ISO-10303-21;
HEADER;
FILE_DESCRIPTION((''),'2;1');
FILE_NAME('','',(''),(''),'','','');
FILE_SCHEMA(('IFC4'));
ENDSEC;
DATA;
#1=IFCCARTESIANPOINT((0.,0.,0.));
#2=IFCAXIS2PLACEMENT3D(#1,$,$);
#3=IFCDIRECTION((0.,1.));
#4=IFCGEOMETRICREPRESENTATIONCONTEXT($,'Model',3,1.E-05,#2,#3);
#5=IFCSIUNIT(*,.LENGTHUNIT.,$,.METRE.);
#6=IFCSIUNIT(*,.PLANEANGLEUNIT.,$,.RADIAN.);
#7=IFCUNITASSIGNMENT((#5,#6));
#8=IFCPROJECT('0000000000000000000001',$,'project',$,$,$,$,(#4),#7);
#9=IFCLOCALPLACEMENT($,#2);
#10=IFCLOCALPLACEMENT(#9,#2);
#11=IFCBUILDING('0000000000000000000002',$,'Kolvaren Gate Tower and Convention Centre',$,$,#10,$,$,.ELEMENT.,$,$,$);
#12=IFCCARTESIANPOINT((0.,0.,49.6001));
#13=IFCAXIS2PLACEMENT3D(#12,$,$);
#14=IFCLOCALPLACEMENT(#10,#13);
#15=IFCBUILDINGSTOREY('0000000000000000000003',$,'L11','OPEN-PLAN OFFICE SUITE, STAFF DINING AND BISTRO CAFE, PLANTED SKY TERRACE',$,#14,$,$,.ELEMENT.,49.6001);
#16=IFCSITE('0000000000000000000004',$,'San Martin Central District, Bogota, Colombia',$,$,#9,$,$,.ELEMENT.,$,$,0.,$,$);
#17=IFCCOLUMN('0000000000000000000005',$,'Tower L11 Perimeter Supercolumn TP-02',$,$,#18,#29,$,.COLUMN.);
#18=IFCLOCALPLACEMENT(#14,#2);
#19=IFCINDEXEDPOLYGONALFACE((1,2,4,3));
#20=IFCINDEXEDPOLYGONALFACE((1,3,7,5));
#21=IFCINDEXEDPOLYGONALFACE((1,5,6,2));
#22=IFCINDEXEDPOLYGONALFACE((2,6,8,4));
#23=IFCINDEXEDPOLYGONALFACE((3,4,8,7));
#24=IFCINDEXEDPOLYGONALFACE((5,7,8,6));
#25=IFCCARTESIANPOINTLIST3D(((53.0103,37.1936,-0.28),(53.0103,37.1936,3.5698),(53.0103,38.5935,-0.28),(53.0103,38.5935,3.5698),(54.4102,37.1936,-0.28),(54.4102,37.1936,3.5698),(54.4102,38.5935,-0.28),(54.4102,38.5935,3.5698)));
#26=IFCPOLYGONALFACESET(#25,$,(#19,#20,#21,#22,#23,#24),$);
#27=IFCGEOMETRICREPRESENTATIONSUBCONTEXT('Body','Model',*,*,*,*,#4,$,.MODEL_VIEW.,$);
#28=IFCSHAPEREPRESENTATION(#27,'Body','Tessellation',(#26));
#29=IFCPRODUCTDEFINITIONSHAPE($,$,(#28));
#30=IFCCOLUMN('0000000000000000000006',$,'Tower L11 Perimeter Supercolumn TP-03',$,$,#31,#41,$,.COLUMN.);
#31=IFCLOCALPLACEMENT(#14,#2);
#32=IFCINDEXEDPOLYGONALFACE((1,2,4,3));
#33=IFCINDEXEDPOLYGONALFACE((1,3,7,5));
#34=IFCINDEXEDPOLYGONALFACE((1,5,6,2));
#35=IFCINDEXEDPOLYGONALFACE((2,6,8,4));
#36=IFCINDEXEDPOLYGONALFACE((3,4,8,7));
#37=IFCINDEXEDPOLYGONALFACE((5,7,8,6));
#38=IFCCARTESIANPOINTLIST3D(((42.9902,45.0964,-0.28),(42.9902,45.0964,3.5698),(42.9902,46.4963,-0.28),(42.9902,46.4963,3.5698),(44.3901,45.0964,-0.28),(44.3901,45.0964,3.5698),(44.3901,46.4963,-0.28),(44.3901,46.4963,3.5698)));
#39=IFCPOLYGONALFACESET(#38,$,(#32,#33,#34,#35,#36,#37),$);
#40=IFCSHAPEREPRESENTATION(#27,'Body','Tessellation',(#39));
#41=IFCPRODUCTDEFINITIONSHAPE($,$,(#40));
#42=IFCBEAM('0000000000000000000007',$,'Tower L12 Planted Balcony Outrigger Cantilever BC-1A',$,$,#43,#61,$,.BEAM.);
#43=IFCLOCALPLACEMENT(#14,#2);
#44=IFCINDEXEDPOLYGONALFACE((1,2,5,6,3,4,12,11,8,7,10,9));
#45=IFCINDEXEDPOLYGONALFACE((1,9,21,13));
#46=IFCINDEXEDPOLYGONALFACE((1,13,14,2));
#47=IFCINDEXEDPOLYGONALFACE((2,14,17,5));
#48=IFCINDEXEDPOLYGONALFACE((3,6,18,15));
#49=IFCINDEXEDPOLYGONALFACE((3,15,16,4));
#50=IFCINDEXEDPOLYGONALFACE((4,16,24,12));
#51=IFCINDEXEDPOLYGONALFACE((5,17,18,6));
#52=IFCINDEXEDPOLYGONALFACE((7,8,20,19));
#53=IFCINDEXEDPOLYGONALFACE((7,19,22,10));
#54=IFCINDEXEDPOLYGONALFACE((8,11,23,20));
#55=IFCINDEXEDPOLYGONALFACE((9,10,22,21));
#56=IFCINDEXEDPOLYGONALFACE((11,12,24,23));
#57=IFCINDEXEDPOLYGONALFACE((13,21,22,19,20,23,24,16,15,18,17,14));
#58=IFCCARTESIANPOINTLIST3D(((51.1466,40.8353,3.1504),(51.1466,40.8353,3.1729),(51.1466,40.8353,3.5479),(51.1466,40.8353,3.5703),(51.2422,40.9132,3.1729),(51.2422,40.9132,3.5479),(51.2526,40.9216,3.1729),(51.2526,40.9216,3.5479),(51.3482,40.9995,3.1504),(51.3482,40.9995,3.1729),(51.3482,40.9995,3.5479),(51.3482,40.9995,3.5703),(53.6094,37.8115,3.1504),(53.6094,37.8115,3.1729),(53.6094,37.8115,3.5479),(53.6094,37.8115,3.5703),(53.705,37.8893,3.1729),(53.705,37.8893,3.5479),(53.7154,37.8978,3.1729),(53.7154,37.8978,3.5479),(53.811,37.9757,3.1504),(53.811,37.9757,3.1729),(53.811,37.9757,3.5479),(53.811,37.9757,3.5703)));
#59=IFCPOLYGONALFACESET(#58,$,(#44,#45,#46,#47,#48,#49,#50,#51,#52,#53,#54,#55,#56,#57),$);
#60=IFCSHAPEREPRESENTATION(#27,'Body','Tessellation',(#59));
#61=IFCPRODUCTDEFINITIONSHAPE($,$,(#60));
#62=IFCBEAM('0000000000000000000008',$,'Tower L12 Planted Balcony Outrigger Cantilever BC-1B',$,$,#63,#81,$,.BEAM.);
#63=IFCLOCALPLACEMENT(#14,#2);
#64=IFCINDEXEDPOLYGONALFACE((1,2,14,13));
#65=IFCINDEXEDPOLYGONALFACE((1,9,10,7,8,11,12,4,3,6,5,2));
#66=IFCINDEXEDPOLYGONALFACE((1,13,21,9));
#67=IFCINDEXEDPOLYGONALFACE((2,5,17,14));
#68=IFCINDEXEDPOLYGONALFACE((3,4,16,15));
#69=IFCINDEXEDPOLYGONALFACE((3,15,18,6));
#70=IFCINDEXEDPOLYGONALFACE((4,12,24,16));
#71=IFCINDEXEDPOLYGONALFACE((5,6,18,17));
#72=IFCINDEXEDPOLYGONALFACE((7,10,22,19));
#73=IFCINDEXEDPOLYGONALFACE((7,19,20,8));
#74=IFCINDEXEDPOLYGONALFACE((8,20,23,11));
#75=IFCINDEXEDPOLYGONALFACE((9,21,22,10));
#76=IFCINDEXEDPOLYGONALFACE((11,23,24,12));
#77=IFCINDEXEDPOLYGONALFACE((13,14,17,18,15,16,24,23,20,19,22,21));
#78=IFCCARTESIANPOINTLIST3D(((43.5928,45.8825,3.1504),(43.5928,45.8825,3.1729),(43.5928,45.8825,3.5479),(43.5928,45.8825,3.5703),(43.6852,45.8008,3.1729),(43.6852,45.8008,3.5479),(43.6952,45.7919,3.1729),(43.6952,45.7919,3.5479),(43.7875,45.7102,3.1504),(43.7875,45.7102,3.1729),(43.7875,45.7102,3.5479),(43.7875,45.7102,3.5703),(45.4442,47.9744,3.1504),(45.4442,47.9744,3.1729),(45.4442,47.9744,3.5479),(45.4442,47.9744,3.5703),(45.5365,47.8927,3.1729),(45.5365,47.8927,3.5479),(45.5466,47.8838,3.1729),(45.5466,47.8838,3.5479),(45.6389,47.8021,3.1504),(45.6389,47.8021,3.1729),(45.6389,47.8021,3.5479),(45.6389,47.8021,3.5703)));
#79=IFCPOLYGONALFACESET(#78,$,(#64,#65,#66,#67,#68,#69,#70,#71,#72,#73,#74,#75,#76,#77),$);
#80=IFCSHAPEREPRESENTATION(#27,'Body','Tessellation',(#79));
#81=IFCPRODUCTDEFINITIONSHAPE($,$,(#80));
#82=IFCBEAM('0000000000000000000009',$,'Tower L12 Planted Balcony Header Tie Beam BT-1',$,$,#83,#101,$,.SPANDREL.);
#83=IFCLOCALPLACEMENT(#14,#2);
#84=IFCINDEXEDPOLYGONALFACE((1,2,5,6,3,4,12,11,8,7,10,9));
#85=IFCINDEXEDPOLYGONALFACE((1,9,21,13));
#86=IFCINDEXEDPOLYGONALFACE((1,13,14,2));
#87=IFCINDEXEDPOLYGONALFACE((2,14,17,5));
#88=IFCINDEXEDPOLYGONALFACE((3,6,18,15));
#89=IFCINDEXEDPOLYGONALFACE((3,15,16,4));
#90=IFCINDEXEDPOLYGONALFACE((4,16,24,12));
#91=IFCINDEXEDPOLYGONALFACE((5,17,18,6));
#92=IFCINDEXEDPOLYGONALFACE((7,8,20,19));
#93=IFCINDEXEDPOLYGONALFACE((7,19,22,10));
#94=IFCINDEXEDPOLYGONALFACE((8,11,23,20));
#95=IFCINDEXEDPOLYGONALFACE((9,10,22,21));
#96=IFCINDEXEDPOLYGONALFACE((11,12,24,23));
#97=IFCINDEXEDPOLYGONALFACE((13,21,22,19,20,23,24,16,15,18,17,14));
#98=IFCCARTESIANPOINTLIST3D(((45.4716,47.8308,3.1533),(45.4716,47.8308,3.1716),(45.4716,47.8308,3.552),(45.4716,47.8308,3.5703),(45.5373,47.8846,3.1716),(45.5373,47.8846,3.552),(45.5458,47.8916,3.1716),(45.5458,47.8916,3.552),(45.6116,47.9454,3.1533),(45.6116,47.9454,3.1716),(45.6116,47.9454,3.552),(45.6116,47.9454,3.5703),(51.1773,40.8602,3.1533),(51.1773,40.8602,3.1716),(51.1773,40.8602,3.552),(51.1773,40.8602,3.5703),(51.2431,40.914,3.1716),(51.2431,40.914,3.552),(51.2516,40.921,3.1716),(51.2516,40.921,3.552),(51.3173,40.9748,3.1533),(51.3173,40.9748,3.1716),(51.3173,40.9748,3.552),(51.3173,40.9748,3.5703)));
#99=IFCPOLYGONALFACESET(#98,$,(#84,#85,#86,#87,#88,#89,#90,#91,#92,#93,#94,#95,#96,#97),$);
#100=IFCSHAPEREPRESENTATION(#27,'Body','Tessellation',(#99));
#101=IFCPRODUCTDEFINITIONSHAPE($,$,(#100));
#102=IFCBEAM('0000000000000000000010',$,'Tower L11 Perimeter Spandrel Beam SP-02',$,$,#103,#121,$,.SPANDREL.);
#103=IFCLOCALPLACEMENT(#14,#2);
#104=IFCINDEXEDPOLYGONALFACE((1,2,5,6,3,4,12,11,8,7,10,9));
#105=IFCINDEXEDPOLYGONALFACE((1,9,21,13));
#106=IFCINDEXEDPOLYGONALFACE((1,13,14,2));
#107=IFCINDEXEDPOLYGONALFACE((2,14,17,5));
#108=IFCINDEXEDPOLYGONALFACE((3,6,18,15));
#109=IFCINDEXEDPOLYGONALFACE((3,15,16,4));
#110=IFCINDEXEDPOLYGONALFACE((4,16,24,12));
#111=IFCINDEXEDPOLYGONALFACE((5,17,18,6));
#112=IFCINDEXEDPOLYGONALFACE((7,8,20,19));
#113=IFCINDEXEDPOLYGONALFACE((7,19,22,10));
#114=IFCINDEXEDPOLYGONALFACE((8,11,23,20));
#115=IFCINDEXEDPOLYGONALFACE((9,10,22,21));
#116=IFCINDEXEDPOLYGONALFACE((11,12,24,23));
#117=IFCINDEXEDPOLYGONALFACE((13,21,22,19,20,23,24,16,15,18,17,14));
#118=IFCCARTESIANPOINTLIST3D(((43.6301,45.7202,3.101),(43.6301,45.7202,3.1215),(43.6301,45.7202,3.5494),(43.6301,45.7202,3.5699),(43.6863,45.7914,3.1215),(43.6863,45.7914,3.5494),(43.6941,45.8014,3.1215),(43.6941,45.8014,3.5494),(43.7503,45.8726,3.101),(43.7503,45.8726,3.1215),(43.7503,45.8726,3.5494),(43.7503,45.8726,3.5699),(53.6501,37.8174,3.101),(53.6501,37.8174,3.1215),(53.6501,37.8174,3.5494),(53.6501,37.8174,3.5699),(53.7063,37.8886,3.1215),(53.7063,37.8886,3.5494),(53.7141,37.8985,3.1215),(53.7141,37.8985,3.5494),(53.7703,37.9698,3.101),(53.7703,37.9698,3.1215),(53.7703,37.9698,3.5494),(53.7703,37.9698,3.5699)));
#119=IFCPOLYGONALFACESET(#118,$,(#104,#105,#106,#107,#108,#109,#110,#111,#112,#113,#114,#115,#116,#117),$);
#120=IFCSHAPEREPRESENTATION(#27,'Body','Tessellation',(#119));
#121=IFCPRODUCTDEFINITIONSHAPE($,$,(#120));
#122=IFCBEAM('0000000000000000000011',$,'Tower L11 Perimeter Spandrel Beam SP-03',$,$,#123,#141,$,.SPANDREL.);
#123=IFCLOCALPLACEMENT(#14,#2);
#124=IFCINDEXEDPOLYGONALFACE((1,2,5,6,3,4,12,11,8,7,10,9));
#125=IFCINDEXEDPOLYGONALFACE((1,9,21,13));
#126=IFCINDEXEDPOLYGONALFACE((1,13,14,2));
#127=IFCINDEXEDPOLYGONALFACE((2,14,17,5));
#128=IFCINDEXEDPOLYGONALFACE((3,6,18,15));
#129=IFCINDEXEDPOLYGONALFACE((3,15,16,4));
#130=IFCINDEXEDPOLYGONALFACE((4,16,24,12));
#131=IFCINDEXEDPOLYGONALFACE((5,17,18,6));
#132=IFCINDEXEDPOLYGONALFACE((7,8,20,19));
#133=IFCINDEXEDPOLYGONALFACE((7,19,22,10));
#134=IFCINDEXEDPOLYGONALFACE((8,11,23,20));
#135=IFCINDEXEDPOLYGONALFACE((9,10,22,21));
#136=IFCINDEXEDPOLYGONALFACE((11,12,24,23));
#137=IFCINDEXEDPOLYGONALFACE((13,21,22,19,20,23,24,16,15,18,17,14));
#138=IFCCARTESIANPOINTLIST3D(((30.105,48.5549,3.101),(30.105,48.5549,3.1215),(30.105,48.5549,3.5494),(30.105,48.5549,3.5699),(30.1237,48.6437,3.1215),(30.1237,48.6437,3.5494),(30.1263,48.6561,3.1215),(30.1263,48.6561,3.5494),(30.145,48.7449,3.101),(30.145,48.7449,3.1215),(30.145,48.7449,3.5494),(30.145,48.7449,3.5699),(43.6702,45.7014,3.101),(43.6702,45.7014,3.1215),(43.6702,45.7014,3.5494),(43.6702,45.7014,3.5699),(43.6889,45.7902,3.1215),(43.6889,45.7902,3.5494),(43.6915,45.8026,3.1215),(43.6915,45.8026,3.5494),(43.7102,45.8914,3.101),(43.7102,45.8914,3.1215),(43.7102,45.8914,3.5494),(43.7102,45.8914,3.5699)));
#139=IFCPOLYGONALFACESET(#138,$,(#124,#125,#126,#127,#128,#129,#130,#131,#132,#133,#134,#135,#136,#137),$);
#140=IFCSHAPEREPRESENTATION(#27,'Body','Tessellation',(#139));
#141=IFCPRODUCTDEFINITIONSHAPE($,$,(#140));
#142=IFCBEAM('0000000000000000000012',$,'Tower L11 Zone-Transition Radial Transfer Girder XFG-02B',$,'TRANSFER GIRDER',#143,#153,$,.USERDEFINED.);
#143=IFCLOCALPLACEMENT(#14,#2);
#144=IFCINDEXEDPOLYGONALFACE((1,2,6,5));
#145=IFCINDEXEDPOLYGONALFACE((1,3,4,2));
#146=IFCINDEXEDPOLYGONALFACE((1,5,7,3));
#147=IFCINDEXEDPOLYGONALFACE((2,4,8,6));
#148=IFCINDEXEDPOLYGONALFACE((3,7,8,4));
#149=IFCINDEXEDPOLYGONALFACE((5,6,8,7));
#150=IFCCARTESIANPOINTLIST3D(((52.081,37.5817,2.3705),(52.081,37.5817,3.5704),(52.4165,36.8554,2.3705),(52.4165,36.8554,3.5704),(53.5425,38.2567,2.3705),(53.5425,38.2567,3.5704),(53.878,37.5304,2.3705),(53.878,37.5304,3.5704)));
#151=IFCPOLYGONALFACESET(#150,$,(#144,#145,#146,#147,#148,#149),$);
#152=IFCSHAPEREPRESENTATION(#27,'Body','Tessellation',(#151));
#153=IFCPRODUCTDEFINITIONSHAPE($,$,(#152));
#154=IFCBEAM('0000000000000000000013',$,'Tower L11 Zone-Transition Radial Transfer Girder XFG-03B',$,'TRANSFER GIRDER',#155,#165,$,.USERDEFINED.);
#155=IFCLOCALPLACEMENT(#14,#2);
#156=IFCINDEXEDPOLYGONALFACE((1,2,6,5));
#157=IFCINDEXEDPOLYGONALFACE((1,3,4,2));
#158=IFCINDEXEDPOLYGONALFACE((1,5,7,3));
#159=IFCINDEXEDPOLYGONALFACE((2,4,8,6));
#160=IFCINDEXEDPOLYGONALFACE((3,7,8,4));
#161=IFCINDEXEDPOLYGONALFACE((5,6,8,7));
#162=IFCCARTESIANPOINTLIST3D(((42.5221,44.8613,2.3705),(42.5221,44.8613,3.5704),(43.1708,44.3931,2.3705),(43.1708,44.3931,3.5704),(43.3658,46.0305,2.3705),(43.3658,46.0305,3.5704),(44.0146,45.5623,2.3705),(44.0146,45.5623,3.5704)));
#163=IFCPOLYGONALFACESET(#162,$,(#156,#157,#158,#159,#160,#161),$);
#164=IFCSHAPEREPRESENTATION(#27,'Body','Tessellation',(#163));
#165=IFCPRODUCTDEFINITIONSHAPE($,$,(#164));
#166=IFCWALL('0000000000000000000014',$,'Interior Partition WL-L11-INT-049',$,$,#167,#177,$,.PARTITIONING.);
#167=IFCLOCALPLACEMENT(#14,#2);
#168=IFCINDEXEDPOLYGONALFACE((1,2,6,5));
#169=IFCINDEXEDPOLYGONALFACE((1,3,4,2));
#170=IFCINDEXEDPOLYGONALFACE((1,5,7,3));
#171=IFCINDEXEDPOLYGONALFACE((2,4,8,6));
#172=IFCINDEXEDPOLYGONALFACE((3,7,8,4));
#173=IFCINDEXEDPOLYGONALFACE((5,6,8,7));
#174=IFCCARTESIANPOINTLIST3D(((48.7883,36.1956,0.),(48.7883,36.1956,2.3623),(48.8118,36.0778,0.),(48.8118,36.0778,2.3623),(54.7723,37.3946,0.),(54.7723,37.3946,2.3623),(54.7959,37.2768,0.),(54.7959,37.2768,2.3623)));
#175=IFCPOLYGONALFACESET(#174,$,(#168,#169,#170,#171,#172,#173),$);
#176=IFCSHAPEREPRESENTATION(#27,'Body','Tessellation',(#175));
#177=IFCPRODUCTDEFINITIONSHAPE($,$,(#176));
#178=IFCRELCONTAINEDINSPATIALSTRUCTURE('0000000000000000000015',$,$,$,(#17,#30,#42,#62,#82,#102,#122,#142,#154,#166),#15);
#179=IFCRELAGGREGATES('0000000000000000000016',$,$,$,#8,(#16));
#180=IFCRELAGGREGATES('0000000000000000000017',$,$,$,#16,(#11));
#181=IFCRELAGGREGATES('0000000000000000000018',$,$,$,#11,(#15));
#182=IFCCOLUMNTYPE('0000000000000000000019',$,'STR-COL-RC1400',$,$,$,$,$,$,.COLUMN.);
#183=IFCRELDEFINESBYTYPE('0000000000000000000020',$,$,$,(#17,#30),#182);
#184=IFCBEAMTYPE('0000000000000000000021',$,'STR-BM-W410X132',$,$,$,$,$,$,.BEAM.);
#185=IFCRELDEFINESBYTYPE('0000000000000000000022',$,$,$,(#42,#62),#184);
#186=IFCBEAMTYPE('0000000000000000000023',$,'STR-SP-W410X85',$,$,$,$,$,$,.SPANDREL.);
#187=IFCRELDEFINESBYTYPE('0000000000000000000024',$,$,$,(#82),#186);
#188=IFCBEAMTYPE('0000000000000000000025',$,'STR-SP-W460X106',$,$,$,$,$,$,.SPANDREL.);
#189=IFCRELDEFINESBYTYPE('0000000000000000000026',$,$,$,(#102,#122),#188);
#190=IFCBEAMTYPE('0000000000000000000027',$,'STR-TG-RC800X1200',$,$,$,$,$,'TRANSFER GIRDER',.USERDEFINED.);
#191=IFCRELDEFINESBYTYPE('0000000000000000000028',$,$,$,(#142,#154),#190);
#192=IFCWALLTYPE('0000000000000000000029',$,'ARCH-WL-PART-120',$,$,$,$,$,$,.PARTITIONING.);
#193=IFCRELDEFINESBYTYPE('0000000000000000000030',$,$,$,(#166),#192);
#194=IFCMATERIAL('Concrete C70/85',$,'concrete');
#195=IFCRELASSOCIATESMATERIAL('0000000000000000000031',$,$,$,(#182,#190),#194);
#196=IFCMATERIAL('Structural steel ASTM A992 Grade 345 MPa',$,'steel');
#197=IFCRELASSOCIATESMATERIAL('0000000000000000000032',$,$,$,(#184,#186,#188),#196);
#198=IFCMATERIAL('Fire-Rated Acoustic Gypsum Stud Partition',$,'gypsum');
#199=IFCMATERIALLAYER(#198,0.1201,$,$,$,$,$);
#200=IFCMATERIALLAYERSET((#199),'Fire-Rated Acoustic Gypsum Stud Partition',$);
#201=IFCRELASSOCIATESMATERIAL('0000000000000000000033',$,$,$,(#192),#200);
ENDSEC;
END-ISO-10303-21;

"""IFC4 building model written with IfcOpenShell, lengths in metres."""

from ifc_helpers import new_model, si_unit, direction, frame, frame_2d, origin, origin_2d, place, context, subcontext, project, spatial, rectangle, i_section, extrude, material, layer, layer_set, material_profile, profile_set, type_object, element, save


model = new_model("IFC4")

# Units and contexts
model_context = context("Model", 3, precision=1e-05, world=origin(), true_north=direction((0.0, 1.0)))
body_context = subcontext(model_context, "Body", "Model", "MODEL_VIEW")
ifc_project = project(units=[si_unit("LENGTHUNIT", "METRE"), si_unit("PLANEANGLEUNIT", "RADIAN")], contexts=[model_context])

# Site, building, storey
site_placement = place(None, origin())
site = spatial("IfcSite", under=ifc_project, at=site_placement, Name="San Martin Central District, Bogota, Colombia", CompositionType="ELEMENT", RefElevation=0.0)
building_placement = place(site_placement, origin())
building = spatial("IfcBuilding", under=site, at=building_placement, Name="Kolvaren Gate Tower and Convention Centre", CompositionType="ELEMENT")
storey_placement = place(building_placement, frame((0.0, 0.0, 49.6001)))
storey = spatial("IfcBuildingStorey", under=building, at=storey_placement, Name="L11", Description="OPEN-PLAN OFFICE SUITE, STAFF DINING AND BISTRO CAFE, PLANTED SKY TERRACE", CompositionType="ELEMENT", Elevation=49.6001)

# Columns
ifc_material_1 = material(Name="Concrete C70/85", Category="concrete")
ifc_material_profile_1 = material_profile(ifc_material_1, rectangle(XDim=1.3999, YDim=1.3999, at=origin_2d()), Name="RC-COL-1400X1400")
ifc_profile_set_1 = profile_set([ifc_material_profile_1], Name="Concrete C70/85")
column_type = type_object("IfcColumnType", Name="STR-COL-RC1400", PredefinedType="COLUMN", material=ifc_profile_set_1)
for number, where, z_axis, x_axis, name in (
    (1, (53.7102, 37.8936, -0.28), (0.0, 0.0, 1.0), (1.0, 0.0, 0.0), "Tower L11 Perimeter Supercolumn TP-02"),
    (2, (43.6902, 45.7964, -0.28), (0.0, 0.0, 1.0), (1.0, 0.0, 0.0), "Tower L11 Perimeter Supercolumn TP-03"),
):
    element("IfcColumn", number, at=place(storey_placement, frame(where, z_axis=z_axis, x_axis=x_axis)), inside=storey, type_object=column_type, Name=name, PredefinedType="COLUMN", context=body_context, shape_type="SweptSolid", body=[
        extrude(rectangle(XDim=1.3999, YDim=1.3999, at=origin_2d()), origin(), (0.0, 0.0, 1.0), 3.8499),
    ])

# Beams
ifc_material_2 = material(Name="Structural steel ASTM A992 Grade 345 MPa", Category="steel")
ifc_material_profile_2 = material_profile(ifc_material_2, i_section(OverallWidth=0.26, OverallDepth=0.4199, WebThickness=0.0134, FlangeThickness=0.0225, at=origin_2d()), Name="W410X132")
ifc_profile_set_2 = profile_set([ifc_material_profile_2], Name="Structural steel ASTM A992 Grade 345 MPa")
beam_type_1 = type_object("IfcBeamType", Name="STR-BM-W410X132", PredefinedType="BEAM", material=ifc_profile_set_2)
beam_1_placement = place(storey_placement, frame((53.7102, 37.8936, 3.3604), z_axis=(-0.631511, 0.775367, 0.0), x_axis=(-0.775367, -0.631511, 0.0)))
element("IfcBeam", 3, at=beam_1_placement, inside=storey, type_object=beam_type_1, Name="Tower L12 Planted Balcony Outrigger Cantilever BC-1A", PredefinedType="BEAM", context=body_context, shape_type="SweptSolid", body=[
    extrude(i_section(OverallWidth=0.26, OverallDepth=0.4199, WebThickness=0.0134, FlangeThickness=0.0225, at=origin_2d()), origin(), (0.0, 0.0, 1.0), 3.8999),
])
beam_2_placement = place(storey_placement, frame((43.6902, 45.7964, 3.3604), z_axis=(0.662751, 0.74884, 0.0), x_axis=(-0.74884, 0.662751, 0.0)))
element("IfcBeam", 4, at=beam_2_placement, inside=storey, type_object=beam_type_1, Name="Tower L12 Planted Balcony Outrigger Cantilever BC-1B", PredefinedType="BEAM", context=body_context, shape_type="SweptSolid", body=[
    extrude(i_section(OverallWidth=0.26, OverallDepth=0.4199, WebThickness=0.0134, FlangeThickness=0.0225, at=origin_2d()), origin(), (0.0, 0.0, 1.0), 2.7935),
])
ifc_material_profile_3 = material_profile(ifc_material_2, i_section(OverallWidth=0.1809, OverallDepth=0.417, WebThickness=0.011, FlangeThickness=0.0183, at=origin_2d()), Name="W410X85")
ifc_profile_set_3 = profile_set([ifc_material_profile_3], Name="Structural steel ASTM A992 Grade 345 MPa")
beam_type_2 = type_object("IfcBeamType", Name="STR-SP-W410X85", PredefinedType="SPANDREL", material=ifc_profile_set_3)
beam_3_placement = place(storey_placement, frame((51.2473, 40.9175, 3.3618), z_axis=(-0.633405, 0.773821, 0.0), x_axis=(-0.773821, -0.633405, 0.0)))
element("IfcBeam", 5, at=beam_3_placement, inside=storey, type_object=beam_type_2, Name="Tower L12 Planted Balcony Header Tie Beam BT-1", PredefinedType="SPANDREL", context=body_context, shape_type="SweptSolid", body=[
    extrude(i_section(OverallWidth=0.1809, OverallDepth=0.417, WebThickness=0.011, FlangeThickness=0.0183, at=origin_2d()), origin(), (0.0, 0.0, 1.0), 9.0081),
])
ifc_material_profile_4 = material_profile(ifc_material_2, i_section(OverallWidth=0.1941, OverallDepth=0.469, WebThickness=0.0127, FlangeThickness=0.0205, at=origin_2d()), Name="W460X106")
ifc_profile_set_4 = profile_set([ifc_material_profile_4], Name="Structural steel ASTM A992 Grade 345 MPa")
beam_type_3 = type_object("IfcBeamType", Name="STR-SP-W460X106", PredefinedType="SPANDREL", material=ifc_profile_set_4)
beam_4_placement = place(storey_placement, frame((53.7102, 37.8936, 3.3354), z_axis=(-0.785176, 0.619272, 0.0), x_axis=(-0.619272, -0.785176, 0.0)))
element("IfcBeam", 6, at=beam_4_placement, inside=storey, type_object=beam_type_3, Name="Tower L11 Perimeter Spandrel Beam SP-02", PredefinedType="SPANDREL", context=body_context, shape_type="SweptSolid", body=[
    extrude(i_section(OverallWidth=0.1941, OverallDepth=0.469, WebThickness=0.0127, FlangeThickness=0.0205, at=origin_2d()), origin(), (0.0, 0.0, 1.0), 12.7615),
])
beam_5_placement = place(storey_placement, frame((43.6902, 45.7964, 3.3354), z_axis=(-0.978583, 0.205851, 0.0), x_axis=(-0.205851, -0.978583, 0.0)))
element("IfcBeam", 7, at=beam_5_placement, inside=storey, type_object=beam_type_3, Name="Tower L11 Perimeter Spandrel Beam SP-03", PredefinedType="SPANDREL", context=body_context, shape_type="SweptSolid", body=[
    extrude(i_section(OverallWidth=0.1941, OverallDepth=0.469, WebThickness=0.0127, FlangeThickness=0.0205, at=origin_2d()), origin(), (0.0, 0.0, 1.0), 13.8621),
])
ifc_material_profile_5 = material_profile(ifc_material_1, rectangle(XDim=0.8, YDim=1.2, at=origin_2d()), Name="RC-BM-800X1200")
ifc_profile_set_5 = profile_set([ifc_material_profile_5], Name="Concrete C70/85")
beam_type_4 = type_object("IfcBeamType", Name="STR-TG-RC800X1200", ElementType="TRANSFER GIRDER", PredefinedType="USERDEFINED", material=ifc_profile_set_5)
beam_6_placement = place(storey_placement, frame((52.2488, 37.2185, 2.9705), z_axis=(0.907831, 0.419337, 0.0), x_axis=(-0.419337, 0.907831, 0.0)))
element("IfcBeam", 8, at=beam_6_placement, inside=storey, type_object=beam_type_4, Name="Tower L11 Zone-Transition Radial Transfer Girder XFG-02B", ObjectType="TRANSFER GIRDER", PredefinedType="USERDEFINED", context=body_context, shape_type="SweptSolid", body=[
    extrude(rectangle(XDim=0.8, YDim=1.2, at=origin_2d()), origin(), (0.0, 0.0, 1.0), 1.6099),
])
beam_7_placement = place(storey_placement, frame((42.8464, 44.6272, 2.9705), z_axis=(0.585188, 0.810898, 0.0), x_axis=(-0.810898, 0.585188, 0.0)))
element("IfcBeam", 9, at=beam_7_placement, inside=storey, type_object=beam_type_4, Name="Tower L11 Zone-Transition Radial Transfer Girder XFG-03B", ObjectType="TRANSFER GIRDER", PredefinedType="USERDEFINED", context=body_context, shape_type="SweptSolid", body=[
    extrude(rectangle(XDim=0.8, YDim=1.2, at=origin_2d()), origin(), (0.0, 0.0, 1.0), 1.4419),
])

# Wall
ifc_material_3 = material(Name="Fire-Rated Acoustic Gypsum Stud Partition", Category="gypsum")
ifc_layer_1 = layer(ifc_material_3, 0.1201)
ifc_layer_set_1 = layer_set([ifc_layer_1], Name="Fire-Rated Acoustic Gypsum Stud Partition")
wall_type_1 = type_object("IfcWallType", Name="ARCH-WL-PART-120", PredefinedType="PARTITIONING", material=ifc_layer_set_1)
wall_1_placement = place(storey_placement, frame((48.8, 36.1367, 0.0), z_axis=(0.0, 0.0, 1.0), x_axis=(0.980513, 0.196455, 0.0)))
element("IfcWall", 10, at=wall_1_placement, inside=storey, type_object=wall_type_1, Name="Interior Partition WL-L11-INT-049", PredefinedType="PARTITIONING", context=body_context, shape_type="SweptSolid", body=[
    extrude(rectangle(XDim=6.103, YDim=0.1201, at=frame_2d((3.0515, 0.0))), origin(), (0.0, 0.0, 1.0), 2.3623),
])

save(model, "model.ifc")
